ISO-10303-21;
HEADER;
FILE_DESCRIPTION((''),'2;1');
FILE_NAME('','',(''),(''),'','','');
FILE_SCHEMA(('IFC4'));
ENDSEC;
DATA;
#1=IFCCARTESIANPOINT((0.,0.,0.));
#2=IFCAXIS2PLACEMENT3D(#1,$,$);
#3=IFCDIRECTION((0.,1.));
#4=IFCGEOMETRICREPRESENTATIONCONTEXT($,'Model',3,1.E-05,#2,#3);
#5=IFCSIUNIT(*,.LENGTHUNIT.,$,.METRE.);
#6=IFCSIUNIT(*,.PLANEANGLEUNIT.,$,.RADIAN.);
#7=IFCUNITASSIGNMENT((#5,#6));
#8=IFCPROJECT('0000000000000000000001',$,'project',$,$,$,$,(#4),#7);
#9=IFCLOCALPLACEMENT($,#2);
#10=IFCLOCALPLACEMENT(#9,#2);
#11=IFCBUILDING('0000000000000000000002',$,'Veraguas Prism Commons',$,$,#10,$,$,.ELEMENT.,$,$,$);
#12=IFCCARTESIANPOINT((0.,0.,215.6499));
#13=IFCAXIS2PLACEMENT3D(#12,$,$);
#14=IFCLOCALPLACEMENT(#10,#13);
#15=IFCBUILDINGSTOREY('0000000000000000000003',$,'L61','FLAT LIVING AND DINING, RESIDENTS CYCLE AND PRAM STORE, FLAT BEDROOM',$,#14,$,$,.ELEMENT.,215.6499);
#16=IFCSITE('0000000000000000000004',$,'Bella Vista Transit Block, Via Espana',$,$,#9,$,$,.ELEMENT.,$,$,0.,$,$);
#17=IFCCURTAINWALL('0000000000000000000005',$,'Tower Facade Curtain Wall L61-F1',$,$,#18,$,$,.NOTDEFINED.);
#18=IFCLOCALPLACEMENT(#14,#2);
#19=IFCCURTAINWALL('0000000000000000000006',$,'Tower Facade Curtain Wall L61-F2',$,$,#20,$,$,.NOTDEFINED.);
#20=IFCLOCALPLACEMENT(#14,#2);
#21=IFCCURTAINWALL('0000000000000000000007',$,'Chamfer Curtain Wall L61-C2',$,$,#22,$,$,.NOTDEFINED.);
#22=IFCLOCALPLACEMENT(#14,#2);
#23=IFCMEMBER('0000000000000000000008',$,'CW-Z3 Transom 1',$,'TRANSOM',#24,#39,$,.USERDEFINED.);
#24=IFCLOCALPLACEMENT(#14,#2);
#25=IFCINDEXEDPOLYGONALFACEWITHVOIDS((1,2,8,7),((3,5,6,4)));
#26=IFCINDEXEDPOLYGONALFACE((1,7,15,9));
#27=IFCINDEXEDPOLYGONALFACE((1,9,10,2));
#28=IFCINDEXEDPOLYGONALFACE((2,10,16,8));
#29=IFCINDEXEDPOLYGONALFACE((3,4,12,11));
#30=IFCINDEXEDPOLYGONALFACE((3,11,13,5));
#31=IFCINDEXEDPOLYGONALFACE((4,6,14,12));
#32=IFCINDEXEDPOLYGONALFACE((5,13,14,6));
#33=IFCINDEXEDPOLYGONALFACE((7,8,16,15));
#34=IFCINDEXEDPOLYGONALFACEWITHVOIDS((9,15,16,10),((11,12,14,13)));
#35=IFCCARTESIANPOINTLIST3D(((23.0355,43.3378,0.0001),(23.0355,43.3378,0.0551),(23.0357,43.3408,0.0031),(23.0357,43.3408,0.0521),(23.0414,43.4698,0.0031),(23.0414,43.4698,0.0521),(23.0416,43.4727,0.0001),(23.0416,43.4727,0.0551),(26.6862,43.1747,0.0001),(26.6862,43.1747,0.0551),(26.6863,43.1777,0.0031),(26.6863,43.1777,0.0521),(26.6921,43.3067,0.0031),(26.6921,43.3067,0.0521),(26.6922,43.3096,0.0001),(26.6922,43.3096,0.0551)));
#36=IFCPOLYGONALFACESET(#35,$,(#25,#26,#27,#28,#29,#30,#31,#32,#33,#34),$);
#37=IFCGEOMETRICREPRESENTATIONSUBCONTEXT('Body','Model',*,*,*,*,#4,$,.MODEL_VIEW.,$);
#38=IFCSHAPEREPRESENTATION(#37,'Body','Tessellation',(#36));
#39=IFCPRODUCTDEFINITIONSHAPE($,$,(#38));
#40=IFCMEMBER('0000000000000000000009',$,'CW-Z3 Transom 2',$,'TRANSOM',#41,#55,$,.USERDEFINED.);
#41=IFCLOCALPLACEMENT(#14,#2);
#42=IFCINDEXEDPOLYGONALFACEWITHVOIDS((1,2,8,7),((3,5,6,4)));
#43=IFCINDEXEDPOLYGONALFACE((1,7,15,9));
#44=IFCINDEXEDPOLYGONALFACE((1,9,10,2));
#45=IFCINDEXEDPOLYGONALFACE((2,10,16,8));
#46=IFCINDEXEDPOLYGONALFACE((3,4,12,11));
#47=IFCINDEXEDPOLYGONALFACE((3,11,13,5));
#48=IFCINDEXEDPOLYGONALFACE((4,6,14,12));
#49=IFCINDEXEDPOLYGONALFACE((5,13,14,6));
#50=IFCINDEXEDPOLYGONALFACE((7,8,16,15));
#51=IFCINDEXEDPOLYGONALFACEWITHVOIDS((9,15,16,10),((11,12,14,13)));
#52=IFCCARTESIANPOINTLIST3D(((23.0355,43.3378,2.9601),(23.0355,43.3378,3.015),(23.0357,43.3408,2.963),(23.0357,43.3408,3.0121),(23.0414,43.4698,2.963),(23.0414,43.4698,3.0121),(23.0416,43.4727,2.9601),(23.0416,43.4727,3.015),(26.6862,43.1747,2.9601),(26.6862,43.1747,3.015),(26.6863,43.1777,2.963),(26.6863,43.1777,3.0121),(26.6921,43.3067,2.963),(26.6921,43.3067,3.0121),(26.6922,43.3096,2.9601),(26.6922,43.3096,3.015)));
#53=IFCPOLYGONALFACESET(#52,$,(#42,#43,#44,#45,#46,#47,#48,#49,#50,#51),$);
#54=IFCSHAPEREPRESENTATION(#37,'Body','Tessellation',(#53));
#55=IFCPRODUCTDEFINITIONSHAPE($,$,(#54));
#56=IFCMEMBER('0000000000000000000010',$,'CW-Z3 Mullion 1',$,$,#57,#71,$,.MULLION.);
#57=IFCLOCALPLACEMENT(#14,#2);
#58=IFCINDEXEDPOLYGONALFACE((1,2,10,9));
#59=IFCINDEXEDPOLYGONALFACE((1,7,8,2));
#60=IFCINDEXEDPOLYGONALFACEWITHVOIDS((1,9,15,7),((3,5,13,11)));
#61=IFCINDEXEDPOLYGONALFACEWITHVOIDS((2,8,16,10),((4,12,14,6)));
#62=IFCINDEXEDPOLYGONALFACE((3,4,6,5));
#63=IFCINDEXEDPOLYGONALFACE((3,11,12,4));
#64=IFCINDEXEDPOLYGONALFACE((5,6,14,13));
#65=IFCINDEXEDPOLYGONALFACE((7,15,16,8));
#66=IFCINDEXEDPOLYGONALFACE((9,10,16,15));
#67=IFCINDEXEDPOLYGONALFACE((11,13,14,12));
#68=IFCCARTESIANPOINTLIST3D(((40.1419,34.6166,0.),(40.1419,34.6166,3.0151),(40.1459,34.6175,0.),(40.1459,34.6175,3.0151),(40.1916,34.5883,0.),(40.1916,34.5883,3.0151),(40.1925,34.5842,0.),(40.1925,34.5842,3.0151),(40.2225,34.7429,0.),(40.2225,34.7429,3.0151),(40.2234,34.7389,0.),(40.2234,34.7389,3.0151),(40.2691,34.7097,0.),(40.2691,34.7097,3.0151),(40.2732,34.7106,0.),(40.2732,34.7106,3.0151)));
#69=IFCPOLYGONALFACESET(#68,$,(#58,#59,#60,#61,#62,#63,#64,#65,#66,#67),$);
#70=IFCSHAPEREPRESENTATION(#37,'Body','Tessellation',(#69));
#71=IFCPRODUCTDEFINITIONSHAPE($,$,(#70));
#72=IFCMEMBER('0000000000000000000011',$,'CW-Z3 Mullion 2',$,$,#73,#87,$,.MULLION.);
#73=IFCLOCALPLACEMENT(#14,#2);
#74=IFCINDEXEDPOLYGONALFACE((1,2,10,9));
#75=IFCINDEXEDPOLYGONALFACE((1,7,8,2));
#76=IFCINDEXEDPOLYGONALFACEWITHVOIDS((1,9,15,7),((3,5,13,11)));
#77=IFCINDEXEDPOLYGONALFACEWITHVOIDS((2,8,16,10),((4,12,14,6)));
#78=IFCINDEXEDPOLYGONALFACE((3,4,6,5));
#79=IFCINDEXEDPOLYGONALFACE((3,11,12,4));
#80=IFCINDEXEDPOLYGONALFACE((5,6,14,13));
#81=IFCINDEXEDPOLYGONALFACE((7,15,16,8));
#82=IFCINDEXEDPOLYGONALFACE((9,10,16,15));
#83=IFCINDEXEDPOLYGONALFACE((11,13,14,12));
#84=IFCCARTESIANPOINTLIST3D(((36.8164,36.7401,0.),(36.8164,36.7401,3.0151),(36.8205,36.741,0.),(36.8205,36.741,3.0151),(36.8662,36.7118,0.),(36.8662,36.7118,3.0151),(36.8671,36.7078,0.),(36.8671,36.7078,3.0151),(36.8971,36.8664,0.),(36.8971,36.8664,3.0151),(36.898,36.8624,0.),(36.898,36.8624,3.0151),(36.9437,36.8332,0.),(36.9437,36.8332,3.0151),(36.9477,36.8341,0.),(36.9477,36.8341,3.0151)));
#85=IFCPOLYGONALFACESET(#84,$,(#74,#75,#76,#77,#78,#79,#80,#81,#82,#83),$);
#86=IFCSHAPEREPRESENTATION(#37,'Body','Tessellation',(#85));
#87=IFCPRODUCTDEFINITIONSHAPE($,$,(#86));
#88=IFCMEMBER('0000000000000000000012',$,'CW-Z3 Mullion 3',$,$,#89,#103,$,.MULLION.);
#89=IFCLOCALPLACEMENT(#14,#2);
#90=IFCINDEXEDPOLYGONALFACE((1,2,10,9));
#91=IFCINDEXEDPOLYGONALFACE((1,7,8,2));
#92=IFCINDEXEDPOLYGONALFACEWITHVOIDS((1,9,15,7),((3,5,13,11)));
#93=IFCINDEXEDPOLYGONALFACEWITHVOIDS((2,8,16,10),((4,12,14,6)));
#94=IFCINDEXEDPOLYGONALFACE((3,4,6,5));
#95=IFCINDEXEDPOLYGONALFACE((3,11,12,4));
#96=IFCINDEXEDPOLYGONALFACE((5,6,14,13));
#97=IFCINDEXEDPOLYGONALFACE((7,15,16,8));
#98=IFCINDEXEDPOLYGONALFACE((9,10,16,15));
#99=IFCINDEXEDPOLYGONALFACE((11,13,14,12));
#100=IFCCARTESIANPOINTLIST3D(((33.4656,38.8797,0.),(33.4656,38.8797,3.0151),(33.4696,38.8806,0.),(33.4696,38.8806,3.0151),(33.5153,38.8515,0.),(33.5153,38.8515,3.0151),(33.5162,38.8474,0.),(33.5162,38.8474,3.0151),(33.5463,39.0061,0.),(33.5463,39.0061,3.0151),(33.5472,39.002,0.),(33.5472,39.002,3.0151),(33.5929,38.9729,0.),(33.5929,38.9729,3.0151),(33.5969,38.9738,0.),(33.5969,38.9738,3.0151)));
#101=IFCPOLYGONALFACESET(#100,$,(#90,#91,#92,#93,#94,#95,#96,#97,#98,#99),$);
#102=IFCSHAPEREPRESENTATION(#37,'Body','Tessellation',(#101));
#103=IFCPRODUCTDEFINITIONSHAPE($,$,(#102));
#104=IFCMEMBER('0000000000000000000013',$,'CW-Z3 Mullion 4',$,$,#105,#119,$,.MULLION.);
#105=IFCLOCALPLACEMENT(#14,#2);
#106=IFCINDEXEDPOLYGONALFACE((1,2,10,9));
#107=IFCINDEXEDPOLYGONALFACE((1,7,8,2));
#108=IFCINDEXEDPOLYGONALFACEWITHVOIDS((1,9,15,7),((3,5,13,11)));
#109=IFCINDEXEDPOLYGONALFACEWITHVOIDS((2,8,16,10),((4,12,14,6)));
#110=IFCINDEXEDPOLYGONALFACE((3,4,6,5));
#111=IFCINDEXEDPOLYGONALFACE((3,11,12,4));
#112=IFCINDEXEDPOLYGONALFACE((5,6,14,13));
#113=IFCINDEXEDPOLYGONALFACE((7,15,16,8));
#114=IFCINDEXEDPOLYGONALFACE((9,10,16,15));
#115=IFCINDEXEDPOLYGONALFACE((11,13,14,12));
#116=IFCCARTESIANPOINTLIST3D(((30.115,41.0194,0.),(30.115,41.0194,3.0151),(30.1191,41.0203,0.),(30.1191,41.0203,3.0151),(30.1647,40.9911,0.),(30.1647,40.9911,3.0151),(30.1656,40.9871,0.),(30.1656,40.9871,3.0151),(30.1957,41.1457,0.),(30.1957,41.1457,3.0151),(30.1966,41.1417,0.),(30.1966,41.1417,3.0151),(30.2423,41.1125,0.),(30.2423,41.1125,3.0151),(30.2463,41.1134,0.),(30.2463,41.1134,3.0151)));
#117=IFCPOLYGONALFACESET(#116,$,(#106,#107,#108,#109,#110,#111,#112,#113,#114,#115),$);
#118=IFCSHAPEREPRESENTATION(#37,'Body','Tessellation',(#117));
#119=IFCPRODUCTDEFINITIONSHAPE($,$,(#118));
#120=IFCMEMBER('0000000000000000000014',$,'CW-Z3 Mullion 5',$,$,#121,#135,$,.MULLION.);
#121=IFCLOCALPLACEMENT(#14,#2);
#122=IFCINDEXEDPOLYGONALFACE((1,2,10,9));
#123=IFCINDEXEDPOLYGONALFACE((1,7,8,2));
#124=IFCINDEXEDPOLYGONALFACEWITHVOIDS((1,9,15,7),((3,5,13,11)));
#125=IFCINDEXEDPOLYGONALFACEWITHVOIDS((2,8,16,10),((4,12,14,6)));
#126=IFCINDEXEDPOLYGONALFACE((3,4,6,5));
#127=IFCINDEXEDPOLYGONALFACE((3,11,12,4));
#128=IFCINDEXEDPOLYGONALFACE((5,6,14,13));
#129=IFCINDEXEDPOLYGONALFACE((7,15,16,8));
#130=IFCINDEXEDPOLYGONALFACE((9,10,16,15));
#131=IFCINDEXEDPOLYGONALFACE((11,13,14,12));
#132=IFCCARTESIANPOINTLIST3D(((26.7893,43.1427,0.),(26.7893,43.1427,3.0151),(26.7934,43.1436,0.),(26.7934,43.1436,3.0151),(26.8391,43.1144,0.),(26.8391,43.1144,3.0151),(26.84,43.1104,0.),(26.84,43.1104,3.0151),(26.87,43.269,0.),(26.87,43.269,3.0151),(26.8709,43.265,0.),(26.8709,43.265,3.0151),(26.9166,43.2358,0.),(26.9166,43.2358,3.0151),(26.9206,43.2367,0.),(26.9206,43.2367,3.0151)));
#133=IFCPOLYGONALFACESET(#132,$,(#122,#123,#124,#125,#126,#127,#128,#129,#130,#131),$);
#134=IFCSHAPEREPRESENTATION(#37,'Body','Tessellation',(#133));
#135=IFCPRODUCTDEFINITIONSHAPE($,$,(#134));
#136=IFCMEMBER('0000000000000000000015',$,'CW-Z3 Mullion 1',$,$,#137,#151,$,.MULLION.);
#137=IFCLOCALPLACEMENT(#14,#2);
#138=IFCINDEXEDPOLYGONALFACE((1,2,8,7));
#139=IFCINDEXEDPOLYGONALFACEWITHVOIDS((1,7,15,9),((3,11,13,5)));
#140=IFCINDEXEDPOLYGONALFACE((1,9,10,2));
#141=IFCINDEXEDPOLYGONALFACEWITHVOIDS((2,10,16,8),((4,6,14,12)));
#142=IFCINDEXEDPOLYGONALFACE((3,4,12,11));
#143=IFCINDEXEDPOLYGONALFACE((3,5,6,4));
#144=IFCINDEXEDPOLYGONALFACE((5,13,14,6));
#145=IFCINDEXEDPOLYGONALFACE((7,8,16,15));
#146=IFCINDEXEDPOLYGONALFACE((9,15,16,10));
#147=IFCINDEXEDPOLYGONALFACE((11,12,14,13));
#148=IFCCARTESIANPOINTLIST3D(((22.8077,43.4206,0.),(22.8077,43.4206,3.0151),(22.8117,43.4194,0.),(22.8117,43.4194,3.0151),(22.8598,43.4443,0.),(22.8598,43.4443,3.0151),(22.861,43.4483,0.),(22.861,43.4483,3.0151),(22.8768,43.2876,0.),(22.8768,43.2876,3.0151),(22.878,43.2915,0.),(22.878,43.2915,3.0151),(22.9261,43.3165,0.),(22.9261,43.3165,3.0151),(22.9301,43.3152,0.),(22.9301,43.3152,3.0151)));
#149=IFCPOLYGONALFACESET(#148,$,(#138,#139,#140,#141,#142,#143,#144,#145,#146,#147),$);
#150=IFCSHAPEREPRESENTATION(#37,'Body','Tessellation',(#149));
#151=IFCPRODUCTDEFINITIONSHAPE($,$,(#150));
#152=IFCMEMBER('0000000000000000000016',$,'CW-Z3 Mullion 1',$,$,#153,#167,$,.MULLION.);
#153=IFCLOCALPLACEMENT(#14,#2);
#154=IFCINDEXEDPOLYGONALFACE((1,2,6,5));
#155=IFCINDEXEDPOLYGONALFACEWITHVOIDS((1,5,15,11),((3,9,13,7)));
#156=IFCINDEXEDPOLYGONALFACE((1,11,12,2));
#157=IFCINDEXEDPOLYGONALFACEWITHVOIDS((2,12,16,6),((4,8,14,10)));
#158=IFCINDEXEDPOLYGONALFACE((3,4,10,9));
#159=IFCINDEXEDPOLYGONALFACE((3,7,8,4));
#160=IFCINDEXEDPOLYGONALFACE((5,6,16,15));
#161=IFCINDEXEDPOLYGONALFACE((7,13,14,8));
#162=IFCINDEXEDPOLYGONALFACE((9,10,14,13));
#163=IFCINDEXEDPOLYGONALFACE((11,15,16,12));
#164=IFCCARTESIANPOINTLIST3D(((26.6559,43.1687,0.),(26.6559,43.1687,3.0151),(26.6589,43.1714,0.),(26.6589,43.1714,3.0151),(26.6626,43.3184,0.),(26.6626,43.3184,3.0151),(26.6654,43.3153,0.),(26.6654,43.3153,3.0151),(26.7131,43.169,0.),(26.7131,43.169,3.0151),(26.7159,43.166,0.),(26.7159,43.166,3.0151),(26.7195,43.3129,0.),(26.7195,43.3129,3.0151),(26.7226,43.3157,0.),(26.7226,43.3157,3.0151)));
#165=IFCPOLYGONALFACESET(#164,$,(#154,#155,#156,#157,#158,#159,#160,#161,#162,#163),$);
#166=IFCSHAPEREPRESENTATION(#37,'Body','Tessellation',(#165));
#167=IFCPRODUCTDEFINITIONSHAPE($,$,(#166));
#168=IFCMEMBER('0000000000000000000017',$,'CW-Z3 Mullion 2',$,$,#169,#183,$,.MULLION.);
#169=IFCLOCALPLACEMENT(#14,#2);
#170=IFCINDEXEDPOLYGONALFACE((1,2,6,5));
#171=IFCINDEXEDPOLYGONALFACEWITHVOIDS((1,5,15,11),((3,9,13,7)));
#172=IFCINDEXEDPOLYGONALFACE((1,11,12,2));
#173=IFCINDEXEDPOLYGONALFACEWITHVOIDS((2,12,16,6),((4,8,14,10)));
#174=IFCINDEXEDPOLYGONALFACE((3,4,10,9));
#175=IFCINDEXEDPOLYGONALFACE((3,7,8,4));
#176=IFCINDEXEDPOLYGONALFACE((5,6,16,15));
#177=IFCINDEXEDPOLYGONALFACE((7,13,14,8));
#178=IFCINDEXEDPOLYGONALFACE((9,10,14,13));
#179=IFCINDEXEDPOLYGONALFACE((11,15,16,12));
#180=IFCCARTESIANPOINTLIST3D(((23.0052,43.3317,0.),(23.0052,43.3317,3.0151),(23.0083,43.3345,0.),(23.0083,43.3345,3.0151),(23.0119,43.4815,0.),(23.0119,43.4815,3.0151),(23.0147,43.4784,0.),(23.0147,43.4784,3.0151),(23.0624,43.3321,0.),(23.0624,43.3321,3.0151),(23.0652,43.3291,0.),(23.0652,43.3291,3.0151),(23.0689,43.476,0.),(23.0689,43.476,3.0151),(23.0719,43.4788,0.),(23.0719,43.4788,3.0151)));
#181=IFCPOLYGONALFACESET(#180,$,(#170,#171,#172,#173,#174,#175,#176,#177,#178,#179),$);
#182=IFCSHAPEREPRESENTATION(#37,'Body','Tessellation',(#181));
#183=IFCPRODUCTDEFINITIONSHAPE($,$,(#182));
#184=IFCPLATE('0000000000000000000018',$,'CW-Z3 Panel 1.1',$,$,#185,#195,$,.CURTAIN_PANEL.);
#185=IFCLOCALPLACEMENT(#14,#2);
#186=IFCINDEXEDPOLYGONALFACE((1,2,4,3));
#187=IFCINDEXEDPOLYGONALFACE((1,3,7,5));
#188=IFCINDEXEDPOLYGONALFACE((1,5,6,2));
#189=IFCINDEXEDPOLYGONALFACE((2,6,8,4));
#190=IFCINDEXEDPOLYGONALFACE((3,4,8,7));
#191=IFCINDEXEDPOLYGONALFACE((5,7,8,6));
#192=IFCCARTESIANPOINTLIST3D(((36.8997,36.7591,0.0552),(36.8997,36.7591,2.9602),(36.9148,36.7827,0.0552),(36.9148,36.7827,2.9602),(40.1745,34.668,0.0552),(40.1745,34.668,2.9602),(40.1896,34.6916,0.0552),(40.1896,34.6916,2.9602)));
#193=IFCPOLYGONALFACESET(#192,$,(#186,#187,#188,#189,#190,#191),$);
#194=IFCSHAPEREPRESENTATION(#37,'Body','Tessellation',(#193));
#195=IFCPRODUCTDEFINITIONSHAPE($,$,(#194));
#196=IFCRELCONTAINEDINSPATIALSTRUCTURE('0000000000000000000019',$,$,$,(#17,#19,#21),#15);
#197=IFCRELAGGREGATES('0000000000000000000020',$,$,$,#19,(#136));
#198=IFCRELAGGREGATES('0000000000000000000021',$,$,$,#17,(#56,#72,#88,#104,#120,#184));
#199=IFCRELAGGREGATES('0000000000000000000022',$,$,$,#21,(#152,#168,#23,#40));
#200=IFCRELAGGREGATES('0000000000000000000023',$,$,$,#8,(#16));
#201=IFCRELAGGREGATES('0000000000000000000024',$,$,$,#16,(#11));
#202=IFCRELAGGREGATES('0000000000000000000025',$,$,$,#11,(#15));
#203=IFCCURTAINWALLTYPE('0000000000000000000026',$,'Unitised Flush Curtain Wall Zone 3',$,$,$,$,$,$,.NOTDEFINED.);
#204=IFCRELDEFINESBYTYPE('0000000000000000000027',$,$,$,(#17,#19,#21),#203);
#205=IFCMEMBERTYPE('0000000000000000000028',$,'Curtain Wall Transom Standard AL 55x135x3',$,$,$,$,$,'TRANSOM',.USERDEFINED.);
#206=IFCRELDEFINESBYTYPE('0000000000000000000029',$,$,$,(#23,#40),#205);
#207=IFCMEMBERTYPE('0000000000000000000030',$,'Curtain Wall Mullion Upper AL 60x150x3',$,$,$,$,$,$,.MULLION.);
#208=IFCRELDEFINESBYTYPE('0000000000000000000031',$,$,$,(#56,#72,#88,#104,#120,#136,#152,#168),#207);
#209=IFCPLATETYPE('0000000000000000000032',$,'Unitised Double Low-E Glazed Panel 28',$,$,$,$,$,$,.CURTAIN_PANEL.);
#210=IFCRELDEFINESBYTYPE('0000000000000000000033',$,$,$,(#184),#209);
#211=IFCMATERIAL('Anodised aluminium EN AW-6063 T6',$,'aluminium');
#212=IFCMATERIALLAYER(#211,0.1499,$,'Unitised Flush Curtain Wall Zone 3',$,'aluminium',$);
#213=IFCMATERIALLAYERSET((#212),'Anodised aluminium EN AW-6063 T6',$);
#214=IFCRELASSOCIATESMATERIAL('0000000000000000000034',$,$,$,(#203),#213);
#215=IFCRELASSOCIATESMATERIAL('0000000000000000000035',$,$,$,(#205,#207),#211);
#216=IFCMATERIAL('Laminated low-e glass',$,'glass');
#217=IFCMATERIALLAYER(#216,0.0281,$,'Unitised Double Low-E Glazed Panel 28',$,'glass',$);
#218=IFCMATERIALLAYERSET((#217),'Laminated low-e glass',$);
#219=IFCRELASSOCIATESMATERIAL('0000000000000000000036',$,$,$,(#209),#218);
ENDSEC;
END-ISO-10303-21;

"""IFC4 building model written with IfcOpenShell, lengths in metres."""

from ifc_helpers import new_model, si_unit, direction, frame, origin, origin_2d, place, context, subcontext, project, spatial, rectangle, hollow_rectangle, extrude, source, transform, mapped, material, layer, layer_set, material_profile, profile_set, type_object, element, aggregate, save


model = new_model("IFC4")

# Units and contexts
model_context = context("Model", 3, precision=1e-05, world=origin(), true_north=direction((0.0, 1.0)))
body_context = subcontext(model_context, "Body", "Model", "MODEL_VIEW")
ifc_project = project(units=[si_unit("LENGTHUNIT", "METRE"), si_unit("PLANEANGLEUNIT", "RADIAN")], contexts=[model_context])

# Site, building, storey
site_placement = place(None, origin())
site = spatial("IfcSite", under=ifc_project, at=site_placement, Name="Bella Vista Transit Block, Via Espana", CompositionType="ELEMENT", RefElevation=0.0)
building_placement = place(site_placement, origin())
building = spatial("IfcBuilding", under=site, at=building_placement, Name="Veraguas Prism Commons", CompositionType="ELEMENT")
storey_placement = place(building_placement, frame((0.0, 0.0, 215.6499)))
storey = spatial("IfcBuildingStorey", under=building, at=storey_placement, Name="L61", Description="FLAT LIVING AND DINING, RESIDENTS CYCLE AND PRAM STORE, FLAT BEDROOM", CompositionType="ELEMENT", Elevation=215.6499)

# Curtain walls, members
ifc_material_1 = material(Name="Anodised aluminium EN AW-6063 T6", Category="aluminium")
ifc_layer_1 = layer(ifc_material_1, 0.1499, Name="Unitised Flush Curtain Wall Zone 3", Category="aluminium")
ifc_layer_set_1 = layer_set([ifc_layer_1], Name="Anodised aluminium EN AW-6063 T6")
curtain_wall_type = type_object("IfcCurtainWallType", Name="Unitised Flush Curtain Wall Zone 3", PredefinedType="NOTDEFINED", material=ifc_layer_set_1)
curtain_wall_1_placement = place(storey_placement, origin())
curtain_wall_1 = element("IfcCurtainWall", 1, at=curtain_wall_1_placement, inside=storey, type_object=curtain_wall_type, Name="Tower Facade Curtain Wall L61-F1", PredefinedType="NOTDEFINED")
ifc_material_profile_1 = material_profile(ifc_material_1, hollow_rectangle(XDim=0.0549, YDim=0.135, WallThickness=0.0029, at=origin_2d()), Name="AL55X135X3")
ifc_profile_set_1 = profile_set([ifc_material_profile_1], Name="Anodised aluminium EN AW-6063 T6")
member_type_1 = type_object("IfcMemberType", Name="Curtain Wall Transom Standard AL 55x135x3", ElementType="TRANSOM", PredefinedType="USERDEFINED", material=ifc_profile_set_1)
curtain_wall_2_placement = place(storey_placement, origin())
curtain_wall_2 = element("IfcCurtainWall", 2, at=curtain_wall_2_placement, inside=storey, type_object=curtain_wall_type, Name="Tower Facade Curtain Wall L61-F2", PredefinedType="NOTDEFINED")
curtain_wall_3_placement = place(storey_placement, origin())
curtain_wall_3 = element("IfcCurtainWall", 3, at=curtain_wall_3_placement, inside=storey, type_object=curtain_wall_type, Name="Chamfer Curtain Wall L61-C2", PredefinedType="NOTDEFINED")
shared_shape_1 = source(origin(), body_context, "Body", "SweptSolid", [
    extrude(hollow_rectangle(XDim=0.0549, YDim=0.135, WallThickness=0.0029, at=origin_2d()), origin(), (0.0, 0.0, 1.0), 3.6543),
])
member_1_placement = place(storey_placement, frame((26.6892, 43.2422, 0.0276), z_axis=(-0.999004, 0.044629, 0.0), x_axis=(0.0, 0.0, 1.0)))
member_1 = element("IfcMember", 4, at=member_1_placement, type_object=member_type_1, Name="CW-Z3 Transom 1", ObjectType="TRANSOM", PredefinedType="USERDEFINED", context=body_context, shape_type="MappedRepresentation", body=[
    mapped(shared_shape_1, transform((0.0, 0.0, 0.0), scale=1.0)),
])
member_2_placement = place(storey_placement, frame((26.6892, 43.2422, 2.9875), z_axis=(-0.999004, 0.044629, 0.0), x_axis=(0.0, 0.0, 1.0)))
member_2 = element("IfcMember", 5, at=member_2_placement, type_object=member_type_1, Name="CW-Z3 Transom 2", ObjectType="TRANSOM", PredefinedType="USERDEFINED", context=body_context, shape_type="MappedRepresentation", body=[
    mapped(shared_shape_1, transform((0.0, 0.0, 0.0), scale=1.0)),
])

# Members
ifc_material_profile_2 = material_profile(ifc_material_1, hollow_rectangle(XDim=0.0601, YDim=0.1499, WallThickness=0.0029, at=origin_2d()), Name="AL60X150X3")
ifc_profile_set_2 = profile_set([ifc_material_profile_2], Name="Anodised aluminium EN AW-6063 T6")
member_type_2 = type_object("IfcMemberType", Name="Curtain Wall Mullion Upper AL 60x150x3", PredefinedType="MULLION", material=ifc_profile_set_2)
shared_shape_2 = source(origin(), body_context, "Body", "SweptSolid", [
    extrude(hollow_rectangle(XDim=0.0601, YDim=0.1499, WallThickness=0.0029, at=origin_2d()), origin(), (0.0, 0.0, 1.0), 3.0151),
])
member_3_placement = place(storey_placement, frame((40.2075, 34.6636, 0.0), z_axis=(0.0, 0.0, 1.0), x_axis=(-0.842828, 0.538183, 0.0)))
member_3 = element("IfcMember", 6, at=member_3_placement, type_object=member_type_2, Name="CW-Z3 Mullion 1", PredefinedType="MULLION", context=body_context, shape_type="MappedRepresentation", body=[
    mapped(shared_shape_2, transform((0.0, 0.0, 0.0), scale=1.0)),
])
member_4_placement = place(storey_placement, frame((36.8821, 36.7871, 0.0), z_axis=(0.0, 0.0, 1.0), x_axis=(-0.842828, 0.538183, 0.0)))
member_4 = element("IfcMember", 7, at=member_4_placement, type_object=member_type_2, Name="CW-Z3 Mullion 2", PredefinedType="MULLION", context=body_context, shape_type="MappedRepresentation", body=[
    mapped(shared_shape_2, transform((0.0, 0.0, 0.0), scale=1.0)),
])
member_5_placement = place(storey_placement, frame((33.5312, 38.9268, 0.0), z_axis=(0.0, 0.0, 1.0), x_axis=(-0.842828, 0.538183, 0.0)))
member_5 = element("IfcMember", 8, at=member_5_placement, type_object=member_type_2, Name="CW-Z3 Mullion 3", PredefinedType="MULLION", context=body_context, shape_type="MappedRepresentation", body=[
    mapped(shared_shape_2, transform((0.0, 0.0, 0.0), scale=1.0)),
])
member_6_placement = place(storey_placement, frame((30.1807, 41.0664, 0.0), z_axis=(0.0, 0.0, 1.0), x_axis=(-0.842828, 0.538183, 0.0)))
member_6 = element("IfcMember", 9, at=member_6_placement, type_object=member_type_2, Name="CW-Z3 Mullion 4", PredefinedType="MULLION", context=body_context, shape_type="MappedRepresentation", body=[
    mapped(shared_shape_2, transform((0.0, 0.0, 0.0), scale=1.0)),
])
member_7_placement = place(storey_placement, frame((26.855, 43.1897, 0.0), z_axis=(0.0, 0.0, 1.0), x_axis=(-0.842828, 0.538183, 0.0)))
member_7 = element("IfcMember", 10, at=member_7_placement, type_object=member_type_2, Name="CW-Z3 Mullion 5", PredefinedType="MULLION", context=body_context, shape_type="MappedRepresentation", body=[
    mapped(shared_shape_2, transform((0.0, 0.0, 0.0), scale=1.0)),
])
member_8_placement = place(storey_placement, frame((22.8689, 43.3679, 0.0), z_axis=(0.0, 0.0, 1.0), x_axis=(-0.887494, -0.460819, 0.0)))
member_8 = element("IfcMember", 11, at=member_8_placement, type_object=member_type_2, Name="CW-Z3 Mullion 1", PredefinedType="MULLION", context=body_context, shape_type="MappedRepresentation", body=[
    mapped(shared_shape_2, transform((0.0, 0.0, 0.0), scale=1.0)),
])
aggregate(curtain_wall_2, [member_8])
member_9_placement = place(storey_placement, frame((26.6892, 43.2422, 0.0), z_axis=(0.0, 0.0, 1.0), x_axis=(-0.999003, 0.044638, 0.0)))
member_9 = element("IfcMember", 12, at=member_9_placement, type_object=member_type_2, Name="CW-Z3 Mullion 1", PredefinedType="MULLION", context=body_context, shape_type="MappedRepresentation", body=[
    mapped(shared_shape_2, transform((0.0, 0.0, 0.0), scale=1.0)),
])
member_10_placement = place(storey_placement, frame((23.0386, 43.4053, 0.0), z_axis=(0.0, 0.0, 1.0), x_axis=(-0.999003, 0.044638, 0.0)))
member_10 = element("IfcMember", 13, at=member_10_placement, type_object=member_type_2, Name="CW-Z3 Mullion 2", PredefinedType="MULLION", context=body_context, shape_type="MappedRepresentation", body=[
    mapped(shared_shape_2, transform((0.0, 0.0, 0.0), scale=1.0)),
])

# Plate
ifc_material_2 = material(Name="Laminated low-e glass", Category="glass")
ifc_layer_2 = layer(ifc_material_2, 0.0281, Name="Unitised Double Low-E Glazed Panel 28", Category="glass")
ifc_layer_set_2 = layer_set([ifc_layer_2], Name="Laminated low-e glass")
plate_type = type_object("IfcPlateType", Name="Unitised Double Low-E Glazed Panel 28", PredefinedType="CURTAIN_PANEL", material=ifc_layer_set_2)
shared_shape_3 = source(origin(), body_context, "Body", "SweptSolid", [
    extrude(rectangle(XDim=3.8855, YDim=0.0281, at=origin_2d()), origin(), (0.0, 0.0, 1.0), 2.905),
])
plate_1_placement = place(storey_placement, frame((38.5447, 35.7253, 0.0552), z_axis=(0.0, 0.0, 1.0), x_axis=(-0.842828, 0.538183, 0.0)))
plate_1 = element("IfcPlate", 14, at=plate_1_placement, type_object=plate_type, Name="CW-Z3 Panel 1.1", PredefinedType="CURTAIN_PANEL", context=body_context, shape_type="MappedRepresentation", body=[
    mapped(shared_shape_3, transform((0.0, 0.0, 0.0), scale=1.0)),
])
aggregate(curtain_wall_1, [member_3, member_4, member_5, member_6, member_7, plate_1])
aggregate(curtain_wall_3, [member_9, member_10, member_1, member_2])

save(model, "model.ifc")
